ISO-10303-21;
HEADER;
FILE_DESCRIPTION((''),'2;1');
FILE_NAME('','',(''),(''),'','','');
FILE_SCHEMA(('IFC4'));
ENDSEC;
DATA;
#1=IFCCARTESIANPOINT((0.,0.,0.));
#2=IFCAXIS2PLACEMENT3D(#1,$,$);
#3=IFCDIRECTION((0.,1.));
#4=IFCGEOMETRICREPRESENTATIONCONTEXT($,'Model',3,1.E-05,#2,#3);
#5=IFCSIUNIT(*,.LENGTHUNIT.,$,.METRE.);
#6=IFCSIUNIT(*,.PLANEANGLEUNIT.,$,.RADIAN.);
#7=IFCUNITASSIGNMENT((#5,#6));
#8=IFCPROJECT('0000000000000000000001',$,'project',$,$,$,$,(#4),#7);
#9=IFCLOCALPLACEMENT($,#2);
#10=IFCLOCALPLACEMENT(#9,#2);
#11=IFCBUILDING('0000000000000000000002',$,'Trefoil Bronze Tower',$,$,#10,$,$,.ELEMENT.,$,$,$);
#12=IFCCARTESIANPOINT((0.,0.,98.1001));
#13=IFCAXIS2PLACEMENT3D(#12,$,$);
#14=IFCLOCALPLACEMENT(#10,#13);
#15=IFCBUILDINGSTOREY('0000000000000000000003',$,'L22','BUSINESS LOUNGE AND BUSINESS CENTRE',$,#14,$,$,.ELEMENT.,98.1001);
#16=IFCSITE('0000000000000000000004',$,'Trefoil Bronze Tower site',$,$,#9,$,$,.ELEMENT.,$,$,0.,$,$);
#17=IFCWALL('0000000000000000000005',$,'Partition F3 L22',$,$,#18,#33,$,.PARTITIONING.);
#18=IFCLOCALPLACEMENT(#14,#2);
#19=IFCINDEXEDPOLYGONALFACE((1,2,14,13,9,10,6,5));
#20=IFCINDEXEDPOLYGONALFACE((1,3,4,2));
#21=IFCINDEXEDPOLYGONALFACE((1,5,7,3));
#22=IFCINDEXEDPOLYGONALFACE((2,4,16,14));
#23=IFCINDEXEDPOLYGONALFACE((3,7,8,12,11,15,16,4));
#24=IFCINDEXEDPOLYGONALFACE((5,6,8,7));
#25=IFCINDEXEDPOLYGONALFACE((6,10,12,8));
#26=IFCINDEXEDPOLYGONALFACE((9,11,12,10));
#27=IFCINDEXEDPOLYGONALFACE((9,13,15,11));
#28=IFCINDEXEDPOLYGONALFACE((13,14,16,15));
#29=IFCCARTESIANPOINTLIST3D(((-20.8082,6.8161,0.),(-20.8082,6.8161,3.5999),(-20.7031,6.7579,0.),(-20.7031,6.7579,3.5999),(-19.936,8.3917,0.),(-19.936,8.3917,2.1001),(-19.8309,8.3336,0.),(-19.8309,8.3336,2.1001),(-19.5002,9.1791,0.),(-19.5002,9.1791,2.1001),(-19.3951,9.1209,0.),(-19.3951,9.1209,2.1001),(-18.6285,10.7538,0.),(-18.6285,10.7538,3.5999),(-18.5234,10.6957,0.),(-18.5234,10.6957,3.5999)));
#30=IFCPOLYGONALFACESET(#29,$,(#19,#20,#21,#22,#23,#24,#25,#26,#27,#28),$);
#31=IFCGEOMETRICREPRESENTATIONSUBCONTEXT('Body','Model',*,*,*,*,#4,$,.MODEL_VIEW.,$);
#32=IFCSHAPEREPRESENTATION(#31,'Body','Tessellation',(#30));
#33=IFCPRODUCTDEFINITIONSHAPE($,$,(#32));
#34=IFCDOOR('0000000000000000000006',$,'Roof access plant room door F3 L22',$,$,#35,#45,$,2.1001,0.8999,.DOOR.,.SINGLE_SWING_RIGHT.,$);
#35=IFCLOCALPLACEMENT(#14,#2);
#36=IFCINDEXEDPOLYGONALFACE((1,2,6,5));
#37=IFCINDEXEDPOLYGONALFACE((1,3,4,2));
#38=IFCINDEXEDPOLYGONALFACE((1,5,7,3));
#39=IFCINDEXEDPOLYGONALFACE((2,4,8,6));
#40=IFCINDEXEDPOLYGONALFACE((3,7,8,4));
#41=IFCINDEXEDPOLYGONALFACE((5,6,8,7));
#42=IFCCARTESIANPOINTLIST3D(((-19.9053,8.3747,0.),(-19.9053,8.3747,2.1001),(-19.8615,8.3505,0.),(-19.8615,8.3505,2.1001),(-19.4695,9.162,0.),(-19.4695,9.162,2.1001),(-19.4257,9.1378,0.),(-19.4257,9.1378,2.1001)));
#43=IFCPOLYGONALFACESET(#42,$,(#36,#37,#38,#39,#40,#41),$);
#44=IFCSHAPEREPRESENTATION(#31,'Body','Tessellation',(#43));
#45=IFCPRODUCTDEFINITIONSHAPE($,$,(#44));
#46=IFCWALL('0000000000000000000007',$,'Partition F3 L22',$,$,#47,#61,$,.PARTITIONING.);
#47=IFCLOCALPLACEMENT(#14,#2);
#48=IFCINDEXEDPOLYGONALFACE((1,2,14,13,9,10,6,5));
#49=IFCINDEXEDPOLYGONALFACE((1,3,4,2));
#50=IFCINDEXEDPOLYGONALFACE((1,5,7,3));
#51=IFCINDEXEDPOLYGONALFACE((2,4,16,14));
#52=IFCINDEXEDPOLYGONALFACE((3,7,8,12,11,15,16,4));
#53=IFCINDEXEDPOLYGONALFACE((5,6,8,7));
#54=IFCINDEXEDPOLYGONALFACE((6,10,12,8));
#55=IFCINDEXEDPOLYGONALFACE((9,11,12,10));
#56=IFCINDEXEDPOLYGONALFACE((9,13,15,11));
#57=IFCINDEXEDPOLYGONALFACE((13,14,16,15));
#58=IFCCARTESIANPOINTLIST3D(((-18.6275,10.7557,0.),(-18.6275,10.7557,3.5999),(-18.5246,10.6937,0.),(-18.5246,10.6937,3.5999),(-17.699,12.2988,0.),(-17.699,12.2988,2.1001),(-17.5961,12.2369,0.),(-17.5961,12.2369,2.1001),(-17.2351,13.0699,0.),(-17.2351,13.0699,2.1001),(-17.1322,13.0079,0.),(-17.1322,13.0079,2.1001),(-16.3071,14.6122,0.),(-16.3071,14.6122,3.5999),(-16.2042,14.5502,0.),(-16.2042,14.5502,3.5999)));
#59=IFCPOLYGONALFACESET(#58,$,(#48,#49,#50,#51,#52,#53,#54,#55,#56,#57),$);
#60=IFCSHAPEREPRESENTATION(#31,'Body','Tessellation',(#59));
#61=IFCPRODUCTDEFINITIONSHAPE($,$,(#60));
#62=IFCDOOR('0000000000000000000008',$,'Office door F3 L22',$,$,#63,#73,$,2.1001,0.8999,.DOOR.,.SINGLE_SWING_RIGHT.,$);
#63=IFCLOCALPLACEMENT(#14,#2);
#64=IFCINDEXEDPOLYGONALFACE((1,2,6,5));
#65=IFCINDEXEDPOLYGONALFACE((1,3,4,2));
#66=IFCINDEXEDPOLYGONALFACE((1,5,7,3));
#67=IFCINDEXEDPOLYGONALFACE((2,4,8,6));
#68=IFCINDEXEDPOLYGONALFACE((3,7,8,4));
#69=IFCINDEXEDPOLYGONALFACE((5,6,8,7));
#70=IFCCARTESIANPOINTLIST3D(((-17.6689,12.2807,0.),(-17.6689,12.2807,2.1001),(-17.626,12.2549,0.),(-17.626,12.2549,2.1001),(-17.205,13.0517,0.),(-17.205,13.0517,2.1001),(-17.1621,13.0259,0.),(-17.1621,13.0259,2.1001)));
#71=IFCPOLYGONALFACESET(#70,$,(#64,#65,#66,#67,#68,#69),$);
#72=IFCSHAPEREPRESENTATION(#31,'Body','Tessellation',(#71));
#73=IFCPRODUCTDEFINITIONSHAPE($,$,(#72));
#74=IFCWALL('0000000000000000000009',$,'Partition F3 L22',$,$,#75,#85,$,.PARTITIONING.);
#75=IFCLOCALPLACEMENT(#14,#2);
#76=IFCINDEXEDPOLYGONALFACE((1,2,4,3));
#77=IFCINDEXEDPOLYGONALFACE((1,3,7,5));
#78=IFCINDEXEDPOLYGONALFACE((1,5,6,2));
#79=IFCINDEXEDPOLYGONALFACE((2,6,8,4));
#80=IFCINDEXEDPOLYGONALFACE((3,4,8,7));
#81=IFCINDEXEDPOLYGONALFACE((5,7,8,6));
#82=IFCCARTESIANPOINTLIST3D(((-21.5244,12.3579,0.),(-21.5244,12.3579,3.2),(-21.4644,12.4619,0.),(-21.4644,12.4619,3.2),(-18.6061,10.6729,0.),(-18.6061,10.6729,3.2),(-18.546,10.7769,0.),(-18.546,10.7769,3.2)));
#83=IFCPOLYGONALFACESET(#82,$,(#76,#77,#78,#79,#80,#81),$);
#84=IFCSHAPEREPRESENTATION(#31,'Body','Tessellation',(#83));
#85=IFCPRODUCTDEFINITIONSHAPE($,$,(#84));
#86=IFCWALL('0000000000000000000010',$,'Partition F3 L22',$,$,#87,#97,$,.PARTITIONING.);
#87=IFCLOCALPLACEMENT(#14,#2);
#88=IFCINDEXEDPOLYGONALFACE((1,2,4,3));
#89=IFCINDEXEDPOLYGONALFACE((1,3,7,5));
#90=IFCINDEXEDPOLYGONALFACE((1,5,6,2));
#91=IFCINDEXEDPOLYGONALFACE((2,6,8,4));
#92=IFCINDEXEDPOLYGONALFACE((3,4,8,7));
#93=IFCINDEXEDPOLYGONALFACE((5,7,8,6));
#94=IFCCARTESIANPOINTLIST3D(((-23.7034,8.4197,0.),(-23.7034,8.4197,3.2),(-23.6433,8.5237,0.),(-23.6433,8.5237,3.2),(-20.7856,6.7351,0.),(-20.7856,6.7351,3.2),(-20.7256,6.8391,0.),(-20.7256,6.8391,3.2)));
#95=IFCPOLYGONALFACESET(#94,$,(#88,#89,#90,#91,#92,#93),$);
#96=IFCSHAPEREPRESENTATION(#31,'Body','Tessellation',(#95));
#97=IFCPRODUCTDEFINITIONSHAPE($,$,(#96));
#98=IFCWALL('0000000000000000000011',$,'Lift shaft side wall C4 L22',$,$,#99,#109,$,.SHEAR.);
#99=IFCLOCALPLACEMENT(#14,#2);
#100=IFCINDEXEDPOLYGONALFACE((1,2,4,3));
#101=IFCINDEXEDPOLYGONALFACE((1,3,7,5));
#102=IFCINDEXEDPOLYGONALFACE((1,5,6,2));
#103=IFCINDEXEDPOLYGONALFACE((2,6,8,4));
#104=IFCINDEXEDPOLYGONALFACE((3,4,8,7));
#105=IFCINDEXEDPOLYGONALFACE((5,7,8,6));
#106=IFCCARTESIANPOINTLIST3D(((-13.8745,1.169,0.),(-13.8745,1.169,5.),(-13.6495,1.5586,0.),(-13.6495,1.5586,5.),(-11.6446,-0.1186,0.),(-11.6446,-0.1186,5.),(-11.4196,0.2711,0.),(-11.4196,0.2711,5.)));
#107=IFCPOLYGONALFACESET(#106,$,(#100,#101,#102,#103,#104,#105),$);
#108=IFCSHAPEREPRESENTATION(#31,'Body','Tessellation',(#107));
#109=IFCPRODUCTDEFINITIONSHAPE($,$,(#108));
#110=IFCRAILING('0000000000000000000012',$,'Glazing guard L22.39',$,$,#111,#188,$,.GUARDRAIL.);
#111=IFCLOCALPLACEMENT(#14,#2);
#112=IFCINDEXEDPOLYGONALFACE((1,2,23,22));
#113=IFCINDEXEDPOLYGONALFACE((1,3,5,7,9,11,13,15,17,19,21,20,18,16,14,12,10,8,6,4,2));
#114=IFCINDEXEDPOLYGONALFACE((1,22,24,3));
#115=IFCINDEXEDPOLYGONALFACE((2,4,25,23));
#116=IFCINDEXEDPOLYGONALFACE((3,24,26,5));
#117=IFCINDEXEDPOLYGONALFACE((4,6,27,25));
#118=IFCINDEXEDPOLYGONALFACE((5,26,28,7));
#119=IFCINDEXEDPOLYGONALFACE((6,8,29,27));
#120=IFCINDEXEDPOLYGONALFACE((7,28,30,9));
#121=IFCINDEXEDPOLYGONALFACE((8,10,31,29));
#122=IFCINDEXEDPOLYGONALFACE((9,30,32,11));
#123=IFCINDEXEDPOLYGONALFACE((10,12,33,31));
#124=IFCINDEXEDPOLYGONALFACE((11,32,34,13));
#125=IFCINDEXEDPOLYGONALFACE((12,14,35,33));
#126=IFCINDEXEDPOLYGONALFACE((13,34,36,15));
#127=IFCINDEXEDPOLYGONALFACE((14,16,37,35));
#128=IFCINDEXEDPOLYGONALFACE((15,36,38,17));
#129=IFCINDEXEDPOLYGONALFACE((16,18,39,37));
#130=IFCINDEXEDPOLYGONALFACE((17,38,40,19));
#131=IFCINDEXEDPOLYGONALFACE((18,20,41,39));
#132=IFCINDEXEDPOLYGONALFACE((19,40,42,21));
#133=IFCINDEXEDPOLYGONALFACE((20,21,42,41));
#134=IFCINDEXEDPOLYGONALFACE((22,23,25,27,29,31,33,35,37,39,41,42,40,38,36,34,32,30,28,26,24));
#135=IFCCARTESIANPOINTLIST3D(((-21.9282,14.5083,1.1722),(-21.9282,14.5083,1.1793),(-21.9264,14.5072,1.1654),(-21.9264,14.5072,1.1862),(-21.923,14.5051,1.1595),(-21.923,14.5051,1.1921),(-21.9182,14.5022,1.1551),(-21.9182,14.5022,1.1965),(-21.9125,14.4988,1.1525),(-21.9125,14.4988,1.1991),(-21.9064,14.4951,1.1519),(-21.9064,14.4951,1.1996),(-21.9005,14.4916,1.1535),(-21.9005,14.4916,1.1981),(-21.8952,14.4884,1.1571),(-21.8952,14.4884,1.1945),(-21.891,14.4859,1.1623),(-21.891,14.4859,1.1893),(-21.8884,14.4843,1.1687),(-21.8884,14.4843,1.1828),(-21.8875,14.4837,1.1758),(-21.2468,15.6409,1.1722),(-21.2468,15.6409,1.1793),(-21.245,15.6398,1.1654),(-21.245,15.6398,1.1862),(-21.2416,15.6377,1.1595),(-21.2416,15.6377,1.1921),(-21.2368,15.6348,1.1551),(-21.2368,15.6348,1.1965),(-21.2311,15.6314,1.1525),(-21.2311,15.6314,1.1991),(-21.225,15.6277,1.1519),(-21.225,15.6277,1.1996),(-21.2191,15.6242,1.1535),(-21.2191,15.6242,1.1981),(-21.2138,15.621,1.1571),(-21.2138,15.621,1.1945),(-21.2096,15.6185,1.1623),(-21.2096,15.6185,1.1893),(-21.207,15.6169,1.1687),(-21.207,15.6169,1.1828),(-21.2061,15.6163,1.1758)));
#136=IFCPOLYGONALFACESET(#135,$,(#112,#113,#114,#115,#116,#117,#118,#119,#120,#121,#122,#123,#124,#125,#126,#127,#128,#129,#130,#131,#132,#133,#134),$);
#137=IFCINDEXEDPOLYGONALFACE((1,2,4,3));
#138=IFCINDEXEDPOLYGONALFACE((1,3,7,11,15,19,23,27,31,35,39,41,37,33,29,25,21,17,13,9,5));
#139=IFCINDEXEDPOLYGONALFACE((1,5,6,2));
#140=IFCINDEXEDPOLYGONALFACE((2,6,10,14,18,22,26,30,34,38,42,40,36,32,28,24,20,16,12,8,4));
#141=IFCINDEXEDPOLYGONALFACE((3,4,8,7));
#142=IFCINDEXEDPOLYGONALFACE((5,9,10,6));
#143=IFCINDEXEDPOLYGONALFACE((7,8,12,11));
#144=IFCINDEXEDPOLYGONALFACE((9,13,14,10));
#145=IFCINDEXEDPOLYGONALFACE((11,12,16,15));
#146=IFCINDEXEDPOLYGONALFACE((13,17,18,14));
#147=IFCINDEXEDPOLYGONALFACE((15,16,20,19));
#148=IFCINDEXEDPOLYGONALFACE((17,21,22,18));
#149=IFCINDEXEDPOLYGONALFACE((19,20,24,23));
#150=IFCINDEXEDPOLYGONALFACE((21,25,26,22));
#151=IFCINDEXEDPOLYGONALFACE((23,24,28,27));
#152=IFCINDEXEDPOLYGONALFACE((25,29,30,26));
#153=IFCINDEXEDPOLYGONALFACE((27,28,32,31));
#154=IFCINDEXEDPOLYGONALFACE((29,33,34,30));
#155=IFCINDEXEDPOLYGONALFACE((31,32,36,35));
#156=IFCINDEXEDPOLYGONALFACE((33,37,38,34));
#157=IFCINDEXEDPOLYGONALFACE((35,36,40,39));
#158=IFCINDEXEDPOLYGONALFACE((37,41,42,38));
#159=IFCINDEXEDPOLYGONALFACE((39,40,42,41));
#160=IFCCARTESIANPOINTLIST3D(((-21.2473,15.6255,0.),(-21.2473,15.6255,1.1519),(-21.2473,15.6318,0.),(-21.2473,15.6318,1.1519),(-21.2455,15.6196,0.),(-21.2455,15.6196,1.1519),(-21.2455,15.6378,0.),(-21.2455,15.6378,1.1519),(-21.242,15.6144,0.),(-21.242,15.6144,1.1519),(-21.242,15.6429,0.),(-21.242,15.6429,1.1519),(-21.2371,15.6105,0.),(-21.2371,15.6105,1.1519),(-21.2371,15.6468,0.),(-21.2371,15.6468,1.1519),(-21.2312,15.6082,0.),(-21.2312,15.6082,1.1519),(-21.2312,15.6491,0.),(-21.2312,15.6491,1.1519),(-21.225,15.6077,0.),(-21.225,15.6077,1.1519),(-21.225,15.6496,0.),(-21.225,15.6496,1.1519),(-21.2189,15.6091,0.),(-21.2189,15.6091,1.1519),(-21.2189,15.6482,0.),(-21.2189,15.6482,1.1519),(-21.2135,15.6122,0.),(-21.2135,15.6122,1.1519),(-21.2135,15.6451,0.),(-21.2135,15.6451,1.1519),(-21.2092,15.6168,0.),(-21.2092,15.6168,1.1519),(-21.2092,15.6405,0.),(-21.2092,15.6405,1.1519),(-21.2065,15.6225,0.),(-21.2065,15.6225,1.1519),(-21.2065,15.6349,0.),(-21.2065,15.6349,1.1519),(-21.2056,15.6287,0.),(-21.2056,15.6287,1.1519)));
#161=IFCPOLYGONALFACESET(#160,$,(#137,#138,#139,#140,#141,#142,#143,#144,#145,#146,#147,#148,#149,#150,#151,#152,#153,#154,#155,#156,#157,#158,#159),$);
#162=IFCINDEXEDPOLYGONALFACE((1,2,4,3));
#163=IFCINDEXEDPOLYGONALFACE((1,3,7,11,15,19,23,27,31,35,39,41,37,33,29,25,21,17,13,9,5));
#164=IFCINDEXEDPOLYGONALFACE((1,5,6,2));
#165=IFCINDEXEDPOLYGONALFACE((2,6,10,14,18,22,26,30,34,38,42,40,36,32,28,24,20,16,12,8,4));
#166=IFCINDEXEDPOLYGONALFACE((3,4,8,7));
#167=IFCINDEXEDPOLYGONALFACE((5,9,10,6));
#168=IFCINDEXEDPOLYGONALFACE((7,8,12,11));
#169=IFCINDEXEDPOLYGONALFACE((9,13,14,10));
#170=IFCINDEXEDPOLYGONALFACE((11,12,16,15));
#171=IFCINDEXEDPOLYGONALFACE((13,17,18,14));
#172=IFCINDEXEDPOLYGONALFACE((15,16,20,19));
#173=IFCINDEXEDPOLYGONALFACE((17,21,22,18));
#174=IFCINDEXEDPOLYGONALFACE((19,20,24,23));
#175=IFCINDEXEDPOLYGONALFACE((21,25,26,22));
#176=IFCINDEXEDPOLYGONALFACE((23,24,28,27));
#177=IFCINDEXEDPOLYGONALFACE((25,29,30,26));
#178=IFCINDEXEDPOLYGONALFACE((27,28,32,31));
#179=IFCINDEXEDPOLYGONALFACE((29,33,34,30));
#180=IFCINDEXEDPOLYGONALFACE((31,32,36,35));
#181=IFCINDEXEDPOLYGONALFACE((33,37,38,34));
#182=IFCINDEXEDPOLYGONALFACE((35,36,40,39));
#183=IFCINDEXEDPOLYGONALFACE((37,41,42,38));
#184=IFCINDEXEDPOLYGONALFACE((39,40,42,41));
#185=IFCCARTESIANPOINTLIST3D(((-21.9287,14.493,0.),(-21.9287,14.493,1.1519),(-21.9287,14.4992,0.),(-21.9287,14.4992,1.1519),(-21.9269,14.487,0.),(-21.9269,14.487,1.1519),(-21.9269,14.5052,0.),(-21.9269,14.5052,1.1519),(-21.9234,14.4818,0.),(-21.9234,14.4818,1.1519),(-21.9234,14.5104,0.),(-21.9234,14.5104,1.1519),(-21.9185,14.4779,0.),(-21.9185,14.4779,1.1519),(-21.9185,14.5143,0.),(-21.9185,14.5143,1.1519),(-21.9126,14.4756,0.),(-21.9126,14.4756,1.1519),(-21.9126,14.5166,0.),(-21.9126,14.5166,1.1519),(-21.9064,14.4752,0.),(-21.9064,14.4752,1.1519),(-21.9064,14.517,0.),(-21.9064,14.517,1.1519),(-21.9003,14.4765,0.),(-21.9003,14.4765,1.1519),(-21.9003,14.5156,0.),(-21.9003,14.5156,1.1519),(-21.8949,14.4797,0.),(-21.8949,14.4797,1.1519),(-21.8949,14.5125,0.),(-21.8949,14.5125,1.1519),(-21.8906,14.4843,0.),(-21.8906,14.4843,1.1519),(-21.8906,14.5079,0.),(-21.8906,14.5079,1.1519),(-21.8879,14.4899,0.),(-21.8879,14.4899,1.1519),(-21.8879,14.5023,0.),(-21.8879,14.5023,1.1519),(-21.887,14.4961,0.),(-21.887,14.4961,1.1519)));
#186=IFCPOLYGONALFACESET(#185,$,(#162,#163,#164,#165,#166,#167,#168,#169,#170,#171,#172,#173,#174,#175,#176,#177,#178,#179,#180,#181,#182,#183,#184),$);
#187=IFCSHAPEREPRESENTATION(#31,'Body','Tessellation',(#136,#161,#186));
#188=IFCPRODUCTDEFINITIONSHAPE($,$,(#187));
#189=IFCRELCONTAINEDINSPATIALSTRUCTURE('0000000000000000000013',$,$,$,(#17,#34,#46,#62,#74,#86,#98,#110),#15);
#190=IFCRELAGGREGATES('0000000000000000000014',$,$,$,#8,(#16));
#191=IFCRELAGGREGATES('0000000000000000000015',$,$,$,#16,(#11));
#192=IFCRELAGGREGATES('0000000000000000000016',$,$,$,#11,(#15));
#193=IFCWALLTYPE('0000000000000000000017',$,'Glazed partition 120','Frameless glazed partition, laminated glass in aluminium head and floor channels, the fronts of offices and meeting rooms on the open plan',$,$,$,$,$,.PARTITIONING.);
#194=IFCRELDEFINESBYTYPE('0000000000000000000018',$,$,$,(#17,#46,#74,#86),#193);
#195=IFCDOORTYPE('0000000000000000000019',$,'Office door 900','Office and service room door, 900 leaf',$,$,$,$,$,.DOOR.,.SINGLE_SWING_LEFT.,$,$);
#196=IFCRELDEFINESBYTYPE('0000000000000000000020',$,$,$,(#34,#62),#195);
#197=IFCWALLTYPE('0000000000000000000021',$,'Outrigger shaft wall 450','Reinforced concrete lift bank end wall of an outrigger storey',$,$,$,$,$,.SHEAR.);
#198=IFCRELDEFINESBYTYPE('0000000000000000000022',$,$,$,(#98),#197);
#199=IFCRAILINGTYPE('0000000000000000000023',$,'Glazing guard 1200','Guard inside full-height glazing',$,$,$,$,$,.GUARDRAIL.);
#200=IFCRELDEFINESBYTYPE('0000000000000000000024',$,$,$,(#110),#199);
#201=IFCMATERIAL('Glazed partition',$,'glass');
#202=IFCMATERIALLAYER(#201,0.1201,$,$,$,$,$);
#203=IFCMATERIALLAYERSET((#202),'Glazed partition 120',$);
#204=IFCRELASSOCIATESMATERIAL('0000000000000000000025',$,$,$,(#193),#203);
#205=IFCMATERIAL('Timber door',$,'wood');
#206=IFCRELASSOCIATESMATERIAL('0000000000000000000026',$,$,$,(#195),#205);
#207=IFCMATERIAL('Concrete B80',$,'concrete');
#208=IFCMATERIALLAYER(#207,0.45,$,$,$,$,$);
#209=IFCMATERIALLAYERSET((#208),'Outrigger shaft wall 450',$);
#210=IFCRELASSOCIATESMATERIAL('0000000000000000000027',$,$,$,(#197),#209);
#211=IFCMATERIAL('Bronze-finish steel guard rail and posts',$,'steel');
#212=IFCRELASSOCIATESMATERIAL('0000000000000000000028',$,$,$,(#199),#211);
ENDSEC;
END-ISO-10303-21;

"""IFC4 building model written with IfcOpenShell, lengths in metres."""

from ifc_helpers import new_model, si_unit, direction, frame, frame_2d, origin, origin_2d, place, context, subcontext, project, spatial, rectangle, circle, extrude, material, layer, layer_set, type_object, element, fill, save


model = new_model("IFC4")

# Units and contexts
model_context = context("Model", 3, precision=1e-05, world=origin(), true_north=direction((0.0, 1.0)))
body_context = subcontext(model_context, "Body", "Model", "MODEL_VIEW")
ifc_project = project(units=[si_unit("LENGTHUNIT", "METRE"), si_unit("PLANEANGLEUNIT", "RADIAN")], contexts=[model_context])

# Site, building, storey
site_placement = place(None, origin())
site = spatial("IfcSite", under=ifc_project, at=site_placement, Name="Trefoil Bronze Tower site", CompositionType="ELEMENT", RefElevation=0.0)
building_placement = place(site_placement, origin())
building = spatial("IfcBuilding", under=site, at=building_placement, Name="Trefoil Bronze Tower", CompositionType="ELEMENT")
storey_placement = place(building_placement, frame((0.0, 0.0, 98.1001)))
storey = spatial("IfcBuildingStorey", under=building, at=storey_placement, Name="L22", Description="BUSINESS LOUNGE AND BUSINESS CENTRE", CompositionType="ELEMENT", Elevation=98.1001)

# Shared definitions
ifc_material_1 = material(Name="Glazed partition", Category="glass")
ifc_layer_1 = layer(ifc_material_1, 0.1201)
ifc_layer_set_1 = layer_set([ifc_layer_1], Name="Glazed partition 120")
wall_type_1 = type_object("IfcWallType", Name="Glazed partition 120", Description="Frameless glazed partition, laminated glass in aluminium head and floor channels, the fronts of offices and meeting rooms on the open plan", PredefinedType="PARTITIONING", material=ifc_layer_set_1)
ifc_material_2 = material(Name="Timber door", Category="wood")
door_type_1 = type_object("IfcDoorType", Name="Office door 900", Description="Office and service room door, 900 leaf", OperationType="SINGLE_SWING_LEFT", PredefinedType="DOOR", material=ifc_material_2)

# Walls, openings, doors
wall_1_placement = place(storey_placement, frame((-18.5759, 10.7249, 0.0), z_axis=(0.0, 0.0, 1.0), x_axis=(-0.484293, -0.874906, 0.0)))
wall_1 = element("IfcWall", 1, at=wall_1_placement, inside=storey, type_object=wall_type_1, Name="Partition F3 L22", PredefinedType="PARTITIONING", context=body_context, shape_type="SweptSolid", body=[
    extrude(rectangle(XDim=4.5007, YDim=0.1201, at=frame_2d((2.2505, 0.0))), origin(), (0.0, 0.0, 1.0), 3.5999),
])
opening_1_placement = place(wall_1_placement, frame((1.8, 0.0, 0.0)))
opening_1 = element("IfcOpeningElement", 2, at=opening_1_placement, cuts=wall_1, PredefinedType="OPENING", context=body_context, shape_type="SweptSolid", body=[
    extrude(rectangle(XDim=0.8999, YDim=2.1001, at=frame_2d((0.45, 1.05))), frame((0.0, 0.0701, 0.0), z_axis=(0.0, -1.0, 0.0), x_axis=(1.0, 0.0, 0.0)), (0.0, 0.0, 1.0), 0.1401),
])
door_1_placement = place(opening_1_placement, frame((0.8999, 0.0, 0.0), z_axis=(0.0, 0.0, 1.0), x_axis=(-1.0, 0.0, 0.0)))
door_1 = element("IfcDoor", 3, at=door_1_placement, inside=storey, type_object=door_type_1, Name="Roof access plant room door F3 L22", OperationType="SINGLE_SWING_RIGHT", OverallHeight=2.1001, OverallWidth=0.8999, PredefinedType="DOOR", context=body_context, shape_type="SweptSolid", body=[
    extrude(rectangle(XDim=0.8999, YDim=2.1001, at=frame_2d((0.45, 1.05))), frame((0.0, 0.0249, 0.0), z_axis=(0.0, -1.0, 0.0), x_axis=(1.0, 0.0, 0.0)), (0.0, 0.0, 1.0), 0.05),
])
fill(opening_1, door_1)
wall_2_placement = place(storey_placement, frame((-16.2556, 14.5813, 0.0), z_axis=(0.0, 0.0, 1.0), x_axis=(-0.515548, -0.85686, 0.0)))
wall_2 = element("IfcWall", 4, at=wall_2_placement, inside=storey, type_object=wall_type_1, Name="Partition F3 L22", PredefinedType="PARTITIONING", context=body_context, shape_type="SweptSolid", body=[
    extrude(rectangle(XDim=4.5007, YDim=0.1201, at=frame_2d((2.2505, 0.0))), origin(), (0.0, 0.0, 1.0), 3.5999),
])
opening_2_placement = place(wall_2_placement, frame((1.8, 0.0, 0.0)))
opening_2 = element("IfcOpeningElement", 5, at=opening_2_placement, cuts=wall_2, PredefinedType="OPENING", context=body_context, shape_type="SweptSolid", body=[
    extrude(rectangle(XDim=0.8999, YDim=2.1001, at=frame_2d((0.45, 1.05))), frame((0.0, 0.0701, 0.0), z_axis=(0.0, -1.0, 0.0), x_axis=(1.0, 0.0, 0.0)), (0.0, 0.0, 1.0), 0.1401),
])
door_2_placement = place(opening_2_placement, frame((0.8999, 0.0, 0.0), z_axis=(0.0, 0.0, 1.0), x_axis=(-1.0, 0.0, 0.0)))
door_2 = element("IfcDoor", 6, at=door_2_placement, inside=storey, type_object=door_type_1, Name="Office door F3 L22", OperationType="SINGLE_SWING_RIGHT", OverallHeight=2.1001, OverallWidth=0.8999, PredefinedType="DOOR", context=body_context, shape_type="SweptSolid", body=[
    extrude(rectangle(XDim=0.8999, YDim=2.1001, at=frame_2d((0.45, 1.05))), frame((0.0, 0.0249, 0.0), z_axis=(0.0, -1.0, 0.0), x_axis=(1.0, 0.0, 0.0)), (0.0, 0.0, 1.0), 0.05),
])
fill(opening_2, door_2)

# Walls
wall_3_placement = place(storey_placement, frame((-18.5759, 10.7249, 0.0), z_axis=(0.0, 0.0, 1.0), x_axis=(-0.866014, 0.500019, 0.0)))
element("IfcWall", 7, at=wall_3_placement, inside=storey, type_object=wall_type_1, Name="Partition F3 L22", PredefinedType="PARTITIONING", context=body_context, shape_type="SweptSolid", body=[
    extrude(rectangle(XDim=3.3699, YDim=0.1201, at=frame_2d((1.6851, 0.0))), origin(), (0.0, 0.0, 1.0), 3.2),
])
wall_4_placement = place(storey_placement, frame((-20.7556, 6.7871, 0.0), z_axis=(0.0, 0.0, 1.0), x_axis=(-0.866023, 0.500005, 0.0)))
element("IfcWall", 8, at=wall_4_placement, inside=storey, type_object=wall_type_1, Name="Partition F3 L22", PredefinedType="PARTITIONING", context=body_context, shape_type="SweptSolid", body=[
    extrude(rectangle(XDim=3.3691, YDim=0.1201, at=frame_2d((1.6846, 0.0))), origin(), (0.0, 0.0, 1.0), 3.2),
])
ifc_material_3 = material(Name="Concrete B80", Category="concrete")
ifc_layer_2 = layer(ifc_material_3, 0.45)
ifc_layer_set_2 = layer_set([ifc_layer_2], Name="Outrigger shaft wall 450")
wall_type_2 = type_object("IfcWallType", Name="Outrigger shaft wall 450", Description="Reinforced concrete lift bank end wall of an outrigger storey", PredefinedType="SHEAR", material=ifc_layer_set_2)
wall_5_placement = place(storey_placement, frame((-11.532, 0.0762, 0.0), z_axis=(0.0, 0.0, 1.0), x_axis=(-0.866006, 0.500034, 0.0)))
element("IfcWall", 9, at=wall_5_placement, inside=storey, type_object=wall_type_2, Name="Lift shaft side wall C4 L22", PredefinedType="SHEAR", context=body_context, shape_type="SweptSolid", body=[
    extrude(rectangle(XDim=2.575, YDim=0.45, at=frame_2d((1.2876, 0.0))), origin(), (0.0, 0.0, 1.0), 5.0),
])

# Railing
ifc_material_4 = material(Name="Bronze-finish steel guard rail and posts", Category="steel")
railing_type = type_object("IfcRailingType", Name="Glazing guard 1200", Description="Guard inside full-height glazing", PredefinedType="GUARDRAIL", material=ifc_material_4)
railing_placement = place(storey_placement, frame((-21.2266, 15.6287, 0.0)))
element("IfcRailing", 10, at=railing_placement, inside=storey, type_object=railing_type, Name="Glazing guard L22.39", PredefinedType="GUARDRAIL", context=body_context, shape_type="SweptSolid", body=[
    extrude(circle(Radius=0.0239, at=origin_2d()), frame((0.0, 0.0, 1.1758), z_axis=(-0.515528, -0.856873, 0.0), x_axis=(0.856873, -0.515528, 0.0)), (0.0, 0.0, 1.0), 1.3218),
    extrude(circle(Radius=0.021, at=origin_2d()), origin(), (0.0, 0.0, 1.0), 1.1519),
    extrude(circle(Radius=0.021, at=origin_2d()), frame((-0.6814, -1.1326, 0.0)), (0.0, 0.0, 1.0), 1.1519),
])

save(model, "model.ifc")
